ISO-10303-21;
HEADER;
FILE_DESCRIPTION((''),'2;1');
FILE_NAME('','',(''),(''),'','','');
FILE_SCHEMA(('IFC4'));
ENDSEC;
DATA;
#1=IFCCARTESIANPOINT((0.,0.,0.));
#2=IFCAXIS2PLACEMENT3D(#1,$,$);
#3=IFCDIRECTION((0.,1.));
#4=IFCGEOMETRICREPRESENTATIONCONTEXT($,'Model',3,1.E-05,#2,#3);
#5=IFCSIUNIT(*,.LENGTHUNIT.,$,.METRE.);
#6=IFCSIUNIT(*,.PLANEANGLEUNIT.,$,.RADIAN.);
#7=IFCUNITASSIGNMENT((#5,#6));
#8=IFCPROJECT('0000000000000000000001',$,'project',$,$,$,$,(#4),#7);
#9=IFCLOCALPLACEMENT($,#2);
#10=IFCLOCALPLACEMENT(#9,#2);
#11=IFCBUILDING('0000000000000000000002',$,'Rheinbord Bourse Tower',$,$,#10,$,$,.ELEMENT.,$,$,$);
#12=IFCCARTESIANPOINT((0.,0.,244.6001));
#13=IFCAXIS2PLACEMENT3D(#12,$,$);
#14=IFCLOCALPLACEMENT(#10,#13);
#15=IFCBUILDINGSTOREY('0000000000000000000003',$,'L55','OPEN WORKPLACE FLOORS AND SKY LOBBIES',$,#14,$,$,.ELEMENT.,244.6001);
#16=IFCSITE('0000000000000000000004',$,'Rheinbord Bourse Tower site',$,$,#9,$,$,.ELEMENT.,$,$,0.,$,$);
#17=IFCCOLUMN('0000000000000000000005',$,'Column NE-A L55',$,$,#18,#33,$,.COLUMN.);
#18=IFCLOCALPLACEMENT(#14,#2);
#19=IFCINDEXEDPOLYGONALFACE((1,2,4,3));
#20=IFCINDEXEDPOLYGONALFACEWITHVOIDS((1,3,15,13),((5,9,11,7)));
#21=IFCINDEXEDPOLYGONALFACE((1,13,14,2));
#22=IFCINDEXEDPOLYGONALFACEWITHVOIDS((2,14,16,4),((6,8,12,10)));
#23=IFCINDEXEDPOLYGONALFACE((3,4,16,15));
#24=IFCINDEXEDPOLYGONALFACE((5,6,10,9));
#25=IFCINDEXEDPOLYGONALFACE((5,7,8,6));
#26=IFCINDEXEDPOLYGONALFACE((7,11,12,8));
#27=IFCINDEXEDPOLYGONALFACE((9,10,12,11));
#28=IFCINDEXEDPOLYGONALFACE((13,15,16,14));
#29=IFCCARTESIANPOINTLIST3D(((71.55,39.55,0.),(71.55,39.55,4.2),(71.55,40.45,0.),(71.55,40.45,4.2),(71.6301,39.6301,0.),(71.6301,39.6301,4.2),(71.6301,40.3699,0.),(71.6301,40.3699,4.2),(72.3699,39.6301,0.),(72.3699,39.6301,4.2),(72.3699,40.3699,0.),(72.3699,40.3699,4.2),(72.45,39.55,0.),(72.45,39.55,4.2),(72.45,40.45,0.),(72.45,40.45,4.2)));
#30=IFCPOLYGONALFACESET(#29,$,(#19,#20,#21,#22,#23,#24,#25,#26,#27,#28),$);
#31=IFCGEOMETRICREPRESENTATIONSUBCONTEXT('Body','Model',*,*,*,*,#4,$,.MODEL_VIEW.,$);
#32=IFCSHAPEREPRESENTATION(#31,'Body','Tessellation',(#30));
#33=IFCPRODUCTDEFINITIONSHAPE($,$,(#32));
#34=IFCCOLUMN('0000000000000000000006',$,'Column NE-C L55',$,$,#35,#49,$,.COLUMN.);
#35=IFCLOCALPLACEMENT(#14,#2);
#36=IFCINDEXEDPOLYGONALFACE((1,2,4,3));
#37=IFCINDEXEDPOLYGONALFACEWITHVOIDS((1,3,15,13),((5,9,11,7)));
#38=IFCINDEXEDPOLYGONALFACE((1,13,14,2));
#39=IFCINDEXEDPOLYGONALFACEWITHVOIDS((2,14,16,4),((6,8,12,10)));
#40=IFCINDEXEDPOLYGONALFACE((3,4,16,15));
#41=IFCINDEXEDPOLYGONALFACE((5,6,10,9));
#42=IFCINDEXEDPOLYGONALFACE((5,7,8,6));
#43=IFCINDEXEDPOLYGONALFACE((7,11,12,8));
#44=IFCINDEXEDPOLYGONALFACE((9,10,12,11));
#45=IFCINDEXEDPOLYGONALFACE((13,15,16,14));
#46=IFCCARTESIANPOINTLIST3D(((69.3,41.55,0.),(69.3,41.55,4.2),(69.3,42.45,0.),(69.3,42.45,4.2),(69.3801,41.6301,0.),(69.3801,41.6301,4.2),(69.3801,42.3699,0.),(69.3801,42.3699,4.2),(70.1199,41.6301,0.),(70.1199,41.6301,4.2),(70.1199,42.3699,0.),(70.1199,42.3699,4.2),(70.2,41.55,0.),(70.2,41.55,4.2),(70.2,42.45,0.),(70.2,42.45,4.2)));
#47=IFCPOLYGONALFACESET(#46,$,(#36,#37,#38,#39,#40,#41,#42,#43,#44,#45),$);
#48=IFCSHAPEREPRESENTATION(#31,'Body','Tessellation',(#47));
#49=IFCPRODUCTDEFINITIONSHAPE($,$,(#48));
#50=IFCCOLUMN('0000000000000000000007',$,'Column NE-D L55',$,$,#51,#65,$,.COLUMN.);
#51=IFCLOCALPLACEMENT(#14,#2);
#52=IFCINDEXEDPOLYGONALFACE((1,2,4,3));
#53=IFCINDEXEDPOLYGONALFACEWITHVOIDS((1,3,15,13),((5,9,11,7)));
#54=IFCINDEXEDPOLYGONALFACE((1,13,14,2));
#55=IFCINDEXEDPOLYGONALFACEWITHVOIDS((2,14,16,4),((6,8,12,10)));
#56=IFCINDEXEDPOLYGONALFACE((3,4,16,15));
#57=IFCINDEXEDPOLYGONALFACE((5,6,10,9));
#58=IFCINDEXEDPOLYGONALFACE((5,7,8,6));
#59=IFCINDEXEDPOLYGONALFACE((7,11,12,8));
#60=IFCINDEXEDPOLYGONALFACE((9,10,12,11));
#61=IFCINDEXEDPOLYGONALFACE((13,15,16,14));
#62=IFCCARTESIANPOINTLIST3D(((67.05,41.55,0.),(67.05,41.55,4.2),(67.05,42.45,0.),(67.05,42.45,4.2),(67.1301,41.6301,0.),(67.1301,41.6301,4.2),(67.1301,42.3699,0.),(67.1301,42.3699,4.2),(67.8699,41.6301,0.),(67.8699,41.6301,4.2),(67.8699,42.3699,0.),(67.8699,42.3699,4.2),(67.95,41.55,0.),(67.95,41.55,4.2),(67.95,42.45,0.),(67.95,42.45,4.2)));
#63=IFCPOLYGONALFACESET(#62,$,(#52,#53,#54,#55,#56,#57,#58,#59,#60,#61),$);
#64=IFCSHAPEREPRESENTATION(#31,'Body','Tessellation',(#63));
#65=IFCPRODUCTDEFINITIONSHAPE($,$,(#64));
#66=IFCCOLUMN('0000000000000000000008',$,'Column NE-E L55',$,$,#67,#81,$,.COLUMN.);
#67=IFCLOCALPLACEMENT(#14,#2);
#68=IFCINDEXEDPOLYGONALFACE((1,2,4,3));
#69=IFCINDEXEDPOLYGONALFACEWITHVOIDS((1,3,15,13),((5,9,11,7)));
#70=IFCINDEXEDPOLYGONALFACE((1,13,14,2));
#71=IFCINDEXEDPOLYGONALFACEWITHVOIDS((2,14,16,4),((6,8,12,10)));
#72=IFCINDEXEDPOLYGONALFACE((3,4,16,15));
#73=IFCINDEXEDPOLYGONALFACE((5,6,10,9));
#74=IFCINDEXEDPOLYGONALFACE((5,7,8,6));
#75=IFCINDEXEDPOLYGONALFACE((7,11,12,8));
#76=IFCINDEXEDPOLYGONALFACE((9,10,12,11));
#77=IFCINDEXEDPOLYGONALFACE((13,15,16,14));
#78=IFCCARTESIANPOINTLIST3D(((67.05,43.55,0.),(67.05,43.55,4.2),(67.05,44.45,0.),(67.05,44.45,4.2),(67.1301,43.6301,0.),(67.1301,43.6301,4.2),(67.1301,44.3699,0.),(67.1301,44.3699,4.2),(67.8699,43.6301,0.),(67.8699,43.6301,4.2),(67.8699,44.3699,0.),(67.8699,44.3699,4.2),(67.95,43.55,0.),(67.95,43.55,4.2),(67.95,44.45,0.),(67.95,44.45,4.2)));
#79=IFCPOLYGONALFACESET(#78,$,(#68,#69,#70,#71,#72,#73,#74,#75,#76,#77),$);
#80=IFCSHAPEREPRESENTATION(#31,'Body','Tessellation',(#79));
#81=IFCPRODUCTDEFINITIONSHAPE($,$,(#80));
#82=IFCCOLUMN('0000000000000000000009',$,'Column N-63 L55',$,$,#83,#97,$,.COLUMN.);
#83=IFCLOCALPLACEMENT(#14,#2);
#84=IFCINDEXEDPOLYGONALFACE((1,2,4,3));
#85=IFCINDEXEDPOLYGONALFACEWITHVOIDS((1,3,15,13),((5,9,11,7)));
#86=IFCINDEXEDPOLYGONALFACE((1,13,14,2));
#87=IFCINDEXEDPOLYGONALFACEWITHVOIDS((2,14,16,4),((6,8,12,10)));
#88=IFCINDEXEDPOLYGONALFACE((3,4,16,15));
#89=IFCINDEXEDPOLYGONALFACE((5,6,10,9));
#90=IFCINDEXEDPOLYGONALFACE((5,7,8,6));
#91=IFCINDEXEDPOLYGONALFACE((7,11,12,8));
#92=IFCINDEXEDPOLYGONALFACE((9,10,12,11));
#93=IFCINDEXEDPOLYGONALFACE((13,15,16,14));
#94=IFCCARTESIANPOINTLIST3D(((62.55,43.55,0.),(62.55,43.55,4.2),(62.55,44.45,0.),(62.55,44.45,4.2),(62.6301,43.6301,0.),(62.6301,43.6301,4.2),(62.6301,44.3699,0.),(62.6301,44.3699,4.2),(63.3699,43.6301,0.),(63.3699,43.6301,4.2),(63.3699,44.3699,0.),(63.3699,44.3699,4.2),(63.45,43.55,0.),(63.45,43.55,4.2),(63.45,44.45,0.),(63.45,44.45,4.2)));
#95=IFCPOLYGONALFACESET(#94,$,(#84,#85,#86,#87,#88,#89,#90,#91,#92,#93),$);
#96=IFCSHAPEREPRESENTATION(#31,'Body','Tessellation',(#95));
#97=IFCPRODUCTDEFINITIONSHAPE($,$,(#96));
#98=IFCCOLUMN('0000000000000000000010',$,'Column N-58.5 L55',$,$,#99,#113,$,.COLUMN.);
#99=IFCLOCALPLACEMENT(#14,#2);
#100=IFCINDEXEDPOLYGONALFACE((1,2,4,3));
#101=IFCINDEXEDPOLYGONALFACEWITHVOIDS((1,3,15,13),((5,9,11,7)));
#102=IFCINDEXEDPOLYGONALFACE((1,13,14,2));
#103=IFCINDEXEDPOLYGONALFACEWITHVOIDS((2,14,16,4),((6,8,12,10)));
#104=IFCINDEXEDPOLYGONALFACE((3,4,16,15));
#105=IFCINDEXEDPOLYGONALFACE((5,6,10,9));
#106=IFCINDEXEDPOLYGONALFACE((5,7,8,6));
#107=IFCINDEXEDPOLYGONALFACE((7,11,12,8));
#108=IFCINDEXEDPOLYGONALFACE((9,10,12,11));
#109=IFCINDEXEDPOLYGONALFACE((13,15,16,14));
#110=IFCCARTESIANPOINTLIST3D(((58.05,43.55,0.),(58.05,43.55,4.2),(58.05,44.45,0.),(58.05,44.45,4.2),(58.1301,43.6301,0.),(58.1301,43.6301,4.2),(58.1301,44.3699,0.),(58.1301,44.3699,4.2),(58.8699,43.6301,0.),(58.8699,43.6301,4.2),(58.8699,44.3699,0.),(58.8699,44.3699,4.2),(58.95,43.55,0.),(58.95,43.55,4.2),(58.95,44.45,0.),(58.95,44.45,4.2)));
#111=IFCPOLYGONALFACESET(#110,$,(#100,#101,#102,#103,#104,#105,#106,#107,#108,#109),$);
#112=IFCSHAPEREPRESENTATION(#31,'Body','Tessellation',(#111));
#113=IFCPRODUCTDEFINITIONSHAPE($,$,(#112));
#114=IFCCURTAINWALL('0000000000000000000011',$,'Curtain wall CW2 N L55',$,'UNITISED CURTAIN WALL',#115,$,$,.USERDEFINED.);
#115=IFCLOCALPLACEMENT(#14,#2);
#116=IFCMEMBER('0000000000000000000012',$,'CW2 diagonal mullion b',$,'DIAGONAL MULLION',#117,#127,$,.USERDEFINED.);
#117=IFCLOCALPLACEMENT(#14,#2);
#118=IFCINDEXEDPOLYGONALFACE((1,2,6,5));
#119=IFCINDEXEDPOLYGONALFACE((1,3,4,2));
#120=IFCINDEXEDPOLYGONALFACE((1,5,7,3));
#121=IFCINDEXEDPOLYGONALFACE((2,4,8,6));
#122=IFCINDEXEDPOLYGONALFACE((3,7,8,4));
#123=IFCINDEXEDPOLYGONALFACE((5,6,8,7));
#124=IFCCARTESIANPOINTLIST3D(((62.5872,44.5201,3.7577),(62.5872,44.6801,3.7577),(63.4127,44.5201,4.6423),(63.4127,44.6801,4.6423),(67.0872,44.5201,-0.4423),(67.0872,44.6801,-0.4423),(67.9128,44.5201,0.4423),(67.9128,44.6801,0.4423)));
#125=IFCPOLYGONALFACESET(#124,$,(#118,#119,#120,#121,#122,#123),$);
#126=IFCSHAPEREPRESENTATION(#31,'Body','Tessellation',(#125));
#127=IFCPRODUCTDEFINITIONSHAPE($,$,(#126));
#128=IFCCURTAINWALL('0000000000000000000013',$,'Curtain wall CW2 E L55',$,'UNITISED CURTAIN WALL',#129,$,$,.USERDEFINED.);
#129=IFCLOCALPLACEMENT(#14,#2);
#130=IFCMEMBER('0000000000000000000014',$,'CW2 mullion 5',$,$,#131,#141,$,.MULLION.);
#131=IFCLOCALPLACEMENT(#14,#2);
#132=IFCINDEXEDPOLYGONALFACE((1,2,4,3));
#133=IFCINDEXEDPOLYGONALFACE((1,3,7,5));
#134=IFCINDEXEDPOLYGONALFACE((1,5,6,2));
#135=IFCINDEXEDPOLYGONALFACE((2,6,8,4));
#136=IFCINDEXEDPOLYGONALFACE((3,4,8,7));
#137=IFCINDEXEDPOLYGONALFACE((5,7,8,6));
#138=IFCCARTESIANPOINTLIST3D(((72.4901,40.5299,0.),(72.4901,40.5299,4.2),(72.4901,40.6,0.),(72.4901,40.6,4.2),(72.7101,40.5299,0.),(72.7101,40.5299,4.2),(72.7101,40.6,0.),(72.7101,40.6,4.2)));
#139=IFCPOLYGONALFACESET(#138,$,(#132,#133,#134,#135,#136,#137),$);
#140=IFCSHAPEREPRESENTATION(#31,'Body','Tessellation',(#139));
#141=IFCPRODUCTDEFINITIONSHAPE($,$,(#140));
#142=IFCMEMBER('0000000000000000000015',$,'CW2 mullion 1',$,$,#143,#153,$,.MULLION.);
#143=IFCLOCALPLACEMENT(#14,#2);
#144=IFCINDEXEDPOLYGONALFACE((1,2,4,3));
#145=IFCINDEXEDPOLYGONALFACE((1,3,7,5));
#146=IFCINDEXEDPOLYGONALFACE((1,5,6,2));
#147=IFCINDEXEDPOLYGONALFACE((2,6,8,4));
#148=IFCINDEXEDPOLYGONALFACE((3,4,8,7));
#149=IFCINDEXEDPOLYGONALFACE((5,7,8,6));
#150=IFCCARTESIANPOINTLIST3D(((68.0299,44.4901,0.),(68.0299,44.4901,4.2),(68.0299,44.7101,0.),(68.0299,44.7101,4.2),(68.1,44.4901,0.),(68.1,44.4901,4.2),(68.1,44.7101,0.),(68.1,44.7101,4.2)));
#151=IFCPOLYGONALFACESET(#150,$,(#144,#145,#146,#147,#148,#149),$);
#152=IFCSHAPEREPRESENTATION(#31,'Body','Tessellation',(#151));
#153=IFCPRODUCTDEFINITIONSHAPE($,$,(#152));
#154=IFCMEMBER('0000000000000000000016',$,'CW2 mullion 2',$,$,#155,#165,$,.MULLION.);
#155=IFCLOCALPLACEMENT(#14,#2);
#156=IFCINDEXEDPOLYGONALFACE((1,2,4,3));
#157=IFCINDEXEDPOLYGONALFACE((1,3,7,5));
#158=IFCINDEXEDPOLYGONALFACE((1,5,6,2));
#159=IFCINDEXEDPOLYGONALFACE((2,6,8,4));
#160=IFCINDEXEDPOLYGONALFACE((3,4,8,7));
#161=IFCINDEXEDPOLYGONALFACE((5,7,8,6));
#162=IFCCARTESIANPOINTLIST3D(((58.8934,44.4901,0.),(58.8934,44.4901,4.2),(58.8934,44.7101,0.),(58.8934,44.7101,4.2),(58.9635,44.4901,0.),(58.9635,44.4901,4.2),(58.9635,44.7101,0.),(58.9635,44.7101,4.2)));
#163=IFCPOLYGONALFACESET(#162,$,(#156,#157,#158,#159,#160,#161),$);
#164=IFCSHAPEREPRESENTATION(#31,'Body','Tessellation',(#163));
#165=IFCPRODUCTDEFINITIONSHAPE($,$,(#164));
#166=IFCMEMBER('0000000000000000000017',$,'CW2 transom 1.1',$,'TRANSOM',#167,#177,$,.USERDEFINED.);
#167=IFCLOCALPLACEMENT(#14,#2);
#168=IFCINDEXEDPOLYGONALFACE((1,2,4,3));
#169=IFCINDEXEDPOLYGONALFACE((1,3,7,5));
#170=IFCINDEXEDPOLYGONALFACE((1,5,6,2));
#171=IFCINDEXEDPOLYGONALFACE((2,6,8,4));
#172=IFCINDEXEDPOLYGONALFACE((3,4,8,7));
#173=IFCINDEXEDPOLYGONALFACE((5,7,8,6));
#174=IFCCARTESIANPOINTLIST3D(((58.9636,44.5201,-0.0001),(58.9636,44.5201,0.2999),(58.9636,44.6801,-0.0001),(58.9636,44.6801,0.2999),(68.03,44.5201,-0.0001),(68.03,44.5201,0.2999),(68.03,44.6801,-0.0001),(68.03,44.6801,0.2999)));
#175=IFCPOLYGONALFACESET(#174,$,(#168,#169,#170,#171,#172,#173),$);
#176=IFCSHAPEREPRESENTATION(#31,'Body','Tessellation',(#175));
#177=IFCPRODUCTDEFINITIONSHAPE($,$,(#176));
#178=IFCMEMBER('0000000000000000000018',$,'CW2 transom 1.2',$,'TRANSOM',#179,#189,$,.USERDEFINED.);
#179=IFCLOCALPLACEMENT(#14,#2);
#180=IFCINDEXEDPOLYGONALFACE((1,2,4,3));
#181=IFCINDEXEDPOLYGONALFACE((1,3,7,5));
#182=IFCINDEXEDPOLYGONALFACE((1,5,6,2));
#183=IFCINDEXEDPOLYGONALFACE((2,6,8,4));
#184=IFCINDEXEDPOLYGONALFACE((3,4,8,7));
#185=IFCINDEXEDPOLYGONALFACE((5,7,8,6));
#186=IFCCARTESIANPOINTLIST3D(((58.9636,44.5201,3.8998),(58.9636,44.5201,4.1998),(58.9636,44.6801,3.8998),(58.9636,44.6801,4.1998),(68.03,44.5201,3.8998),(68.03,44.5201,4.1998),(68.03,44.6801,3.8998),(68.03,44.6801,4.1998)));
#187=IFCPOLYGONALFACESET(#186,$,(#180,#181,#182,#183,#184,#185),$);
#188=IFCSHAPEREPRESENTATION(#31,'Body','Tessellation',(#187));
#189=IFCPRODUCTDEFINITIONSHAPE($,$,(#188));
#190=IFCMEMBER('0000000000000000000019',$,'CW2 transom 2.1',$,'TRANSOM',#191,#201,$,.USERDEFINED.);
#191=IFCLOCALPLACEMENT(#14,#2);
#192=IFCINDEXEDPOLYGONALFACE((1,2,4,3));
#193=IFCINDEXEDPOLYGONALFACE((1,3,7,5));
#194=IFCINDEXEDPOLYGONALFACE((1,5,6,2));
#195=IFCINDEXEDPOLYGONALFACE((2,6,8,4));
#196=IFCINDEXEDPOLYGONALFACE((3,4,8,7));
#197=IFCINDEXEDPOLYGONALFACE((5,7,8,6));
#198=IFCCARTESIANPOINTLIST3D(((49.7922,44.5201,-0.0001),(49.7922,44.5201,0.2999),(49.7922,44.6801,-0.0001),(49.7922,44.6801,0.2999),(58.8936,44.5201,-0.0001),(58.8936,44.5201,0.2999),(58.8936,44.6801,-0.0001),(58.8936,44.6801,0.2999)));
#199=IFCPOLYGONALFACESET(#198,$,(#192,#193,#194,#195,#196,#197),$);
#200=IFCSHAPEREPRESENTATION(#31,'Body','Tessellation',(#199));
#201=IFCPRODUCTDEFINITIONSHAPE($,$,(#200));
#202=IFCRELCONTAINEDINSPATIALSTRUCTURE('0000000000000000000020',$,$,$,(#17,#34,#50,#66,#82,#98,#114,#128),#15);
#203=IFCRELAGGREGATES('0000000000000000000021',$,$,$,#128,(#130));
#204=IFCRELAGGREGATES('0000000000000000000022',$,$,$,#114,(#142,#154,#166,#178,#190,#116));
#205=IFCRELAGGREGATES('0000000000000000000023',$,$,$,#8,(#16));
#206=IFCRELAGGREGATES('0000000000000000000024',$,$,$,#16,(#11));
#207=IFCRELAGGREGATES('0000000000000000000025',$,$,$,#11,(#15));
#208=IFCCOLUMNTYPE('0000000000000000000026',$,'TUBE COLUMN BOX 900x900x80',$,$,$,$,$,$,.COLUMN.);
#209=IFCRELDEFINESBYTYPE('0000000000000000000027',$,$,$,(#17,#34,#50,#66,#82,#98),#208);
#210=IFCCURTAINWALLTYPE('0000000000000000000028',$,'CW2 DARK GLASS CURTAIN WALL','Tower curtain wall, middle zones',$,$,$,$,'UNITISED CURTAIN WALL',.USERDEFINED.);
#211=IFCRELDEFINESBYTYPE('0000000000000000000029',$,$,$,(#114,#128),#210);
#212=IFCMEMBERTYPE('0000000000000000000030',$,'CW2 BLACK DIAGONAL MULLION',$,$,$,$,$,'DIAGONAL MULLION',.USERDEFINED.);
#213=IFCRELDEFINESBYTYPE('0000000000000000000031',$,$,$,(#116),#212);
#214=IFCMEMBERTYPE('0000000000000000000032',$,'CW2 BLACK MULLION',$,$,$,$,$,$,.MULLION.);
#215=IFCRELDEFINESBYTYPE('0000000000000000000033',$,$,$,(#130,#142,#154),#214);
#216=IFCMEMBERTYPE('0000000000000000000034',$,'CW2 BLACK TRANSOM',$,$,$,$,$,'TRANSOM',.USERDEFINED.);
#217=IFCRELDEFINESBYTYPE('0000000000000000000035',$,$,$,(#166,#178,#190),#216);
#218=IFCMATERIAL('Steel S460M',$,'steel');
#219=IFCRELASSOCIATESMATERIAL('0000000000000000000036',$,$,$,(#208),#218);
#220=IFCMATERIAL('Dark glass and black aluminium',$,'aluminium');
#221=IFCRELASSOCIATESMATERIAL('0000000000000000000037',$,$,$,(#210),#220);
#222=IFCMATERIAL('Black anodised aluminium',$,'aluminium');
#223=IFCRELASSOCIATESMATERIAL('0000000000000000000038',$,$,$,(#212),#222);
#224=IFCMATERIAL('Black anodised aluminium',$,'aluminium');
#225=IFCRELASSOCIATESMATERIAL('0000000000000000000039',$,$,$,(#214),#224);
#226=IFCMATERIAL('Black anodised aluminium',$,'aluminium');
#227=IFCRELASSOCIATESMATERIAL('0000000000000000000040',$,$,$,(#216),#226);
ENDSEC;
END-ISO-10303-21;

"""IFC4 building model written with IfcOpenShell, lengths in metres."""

from ifc_helpers import new_model, si_unit, direction, frame, origin, origin_2d, place, context, subcontext, project, spatial, rectangle, hollow_rectangle, extrude, material, material_profile, profile_set, type_object, element, aggregate, save


model = new_model("IFC4")

# Units and contexts
model_context = context("Model", 3, precision=1e-05, world=origin(), true_north=direction((0.0, 1.0)))
body_context = subcontext(model_context, "Body", "Model", "MODEL_VIEW")
ifc_project = project(units=[si_unit("LENGTHUNIT", "METRE"), si_unit("PLANEANGLEUNIT", "RADIAN")], contexts=[model_context])

# Site, building, storey
site_placement = place(None, origin())
site = spatial("IfcSite", under=ifc_project, at=site_placement, Name="Rheinbord Bourse Tower site", CompositionType="ELEMENT", RefElevation=0.0)
building_placement = place(site_placement, origin())
building = spatial("IfcBuilding", under=site, at=building_placement, Name="Rheinbord Bourse Tower", CompositionType="ELEMENT")
storey_placement = place(building_placement, frame((0.0, 0.0, 244.6001)))
storey = spatial("IfcBuildingStorey", under=building, at=storey_placement, Name="L55", Description="OPEN WORKPLACE FLOORS AND SKY LOBBIES", CompositionType="ELEMENT", Elevation=244.6001)

# Columns
ifc_material_1 = material(Name="Steel S460M", Category="steel")
ifc_material_profile_1 = material_profile(ifc_material_1, hollow_rectangle(XDim=0.8999, YDim=0.8999, WallThickness=0.0801, at=origin_2d()), Name="BOX 900x900x80")
ifc_profile_set_1 = profile_set([ifc_material_profile_1], Name="Steel S460M")
column_type = type_object("IfcColumnType", Name="TUBE COLUMN BOX 900x900x80", PredefinedType="COLUMN", material=ifc_profile_set_1)
for number, where, z_axis, x_axis, name in (
    (1, (72.0, 40.0, 0.0), (0.0, 0.0, 1.0), (1.0, 0.0, 0.0), "Column NE-A L55"),
    (2, (69.75, 42.0, 0.0), (0.0, 0.0, 1.0), (1.0, 0.0, 0.0), "Column NE-C L55"),
    (3, (67.5, 42.0, 0.0), (0.0, 0.0, 1.0), (0.0, 1.0, 0.0), "Column NE-D L55"),
    (4, (67.5, 44.0, 0.0), (0.0, 0.0, 1.0), (0.0, 1.0, 0.0), "Column NE-E L55"),
    (5, (63.0, 44.0, 0.0), (0.0, 0.0, 1.0), (0.0, 1.0, 0.0), "Column N-63 L55"),
    (6, (58.5, 44.0, 0.0), (0.0, 0.0, 1.0), (0.0, 1.0, 0.0), "Column N-58.5 L55"),
):
    element("IfcColumn", number, at=place(storey_placement, frame(where, z_axis=z_axis, x_axis=x_axis)), inside=storey, type_object=column_type, Name=name, PredefinedType="COLUMN", context=body_context, shape_type="SweptSolid", body=[
        extrude(hollow_rectangle(XDim=0.8999, YDim=0.8999, WallThickness=0.0801, at=origin_2d()), origin(), (0.0, 0.0, 1.0), 4.2),
    ])

# Curtain walls, members
ifc_material_2 = material(Name="Dark glass and black aluminium", Category="aluminium")
curtain_wall_type = type_object("IfcCurtainWallType", Name="CW2 DARK GLASS CURTAIN WALL", Description="Tower curtain wall, middle zones", ElementType="UNITISED CURTAIN WALL", PredefinedType="USERDEFINED", material=ifc_material_2)
curtain_wall_1_placement = place(storey_placement, origin())
curtain_wall_1 = element("IfcCurtainWall", 7, at=curtain_wall_1_placement, inside=storey, type_object=curtain_wall_type, Name="Curtain wall CW2 N L55", ObjectType="UNITISED CURTAIN WALL", PredefinedType="USERDEFINED")
ifc_material_3 = material(Name="Black anodised aluminium", Category="aluminium")
ifc_material_profile_2 = material_profile(ifc_material_3, rectangle(XDim=0.1599, YDim=1.21, at=origin_2d()), Name="CW2 DIAGONAL MULLION 1210x160")
ifc_profile_set_2 = profile_set([ifc_material_profile_2], Name="Black anodised aluminium")
member_type_1 = type_object("IfcMemberType", Name="CW2 BLACK DIAGONAL MULLION", ElementType="DIAGONAL MULLION", PredefinedType="USERDEFINED", material=ifc_profile_set_2)
member_1_placement = place(storey_placement, frame((67.5, 44.6001, 0.0), z_axis=(-0.731059, 0.0, 0.682314), x_axis=(0.0, -1.0, 0.0)))
member_1 = element("IfcMember", 8, at=member_1_placement, type_object=member_type_1, Name="CW2 diagonal mullion b", ObjectType="DIAGONAL MULLION", PredefinedType="USERDEFINED", context=body_context, shape_type="SweptSolid", body=[
    extrude(rectangle(XDim=0.1599, YDim=1.21, at=origin_2d()), origin(), (0.0, 0.0, 1.0), 6.1555),
])
curtain_wall_2_placement = place(storey_placement, origin())
curtain_wall_2 = element("IfcCurtainWall", 9, at=curtain_wall_2_placement, inside=storey, type_object=curtain_wall_type, Name="Curtain wall CW2 E L55", ObjectType="UNITISED CURTAIN WALL", PredefinedType="USERDEFINED")
ifc_material_4 = material(Name="Black anodised aluminium", Category="aluminium")
ifc_material_profile_3 = material_profile(ifc_material_4, rectangle(XDim=0.22, YDim=0.0701, at=origin_2d()), Name="CW2 MULLION 70x220")
ifc_profile_set_3 = profile_set([ifc_material_profile_3], Name="Black anodised aluminium")
member_type_2 = type_object("IfcMemberType", Name="CW2 BLACK MULLION", PredefinedType="MULLION", material=ifc_profile_set_3)
member_2_placement = place(storey_placement, frame((72.6001, 40.5649, 0.0), z_axis=(0.0, 0.0, 1.0), x_axis=(-1.0, 0.0, 0.0)))
member_2 = element("IfcMember", 10, at=member_2_placement, type_object=member_type_2, Name="CW2 mullion 5", PredefinedType="MULLION", context=body_context, shape_type="SweptSolid", body=[
    extrude(rectangle(XDim=0.22, YDim=0.0701, at=origin_2d()), origin(), (0.0, 0.0, 1.0), 4.2),
])

# Members
member_3_placement = place(storey_placement, frame((68.0649, 44.6001, 0.0), z_axis=(0.0, 0.0, 1.0), x_axis=(0.0, -1.0, 0.0)))
member_3 = element("IfcMember", 11, at=member_3_placement, type_object=member_type_2, Name="CW2 mullion 1", PredefinedType="MULLION", context=body_context, shape_type="SweptSolid", body=[
    extrude(rectangle(XDim=0.22, YDim=0.0701, at=origin_2d()), origin(), (0.0, 0.0, 1.0), 4.2),
])
member_4_placement = place(storey_placement, frame((58.9285, 44.6001, 0.0), z_axis=(0.0, 0.0, 1.0), x_axis=(0.0, -1.0, 0.0)))
member_4 = element("IfcMember", 12, at=member_4_placement, type_object=member_type_2, Name="CW2 mullion 2", PredefinedType="MULLION", context=body_context, shape_type="SweptSolid", body=[
    extrude(rectangle(XDim=0.22, YDim=0.0701, at=origin_2d()), origin(), (0.0, 0.0, 1.0), 4.2),
])
ifc_material_5 = material(Name="Black anodised aluminium", Category="aluminium")
ifc_material_profile_4 = material_profile(ifc_material_5, rectangle(XDim=0.1599, YDim=0.3, at=origin_2d()), Name="CW2 TRANSOM 300x160")
ifc_profile_set_4 = profile_set([ifc_material_profile_4], Name="Black anodised aluminium")
member_type_3 = type_object("IfcMemberType", Name="CW2 BLACK TRANSOM", ElementType="TRANSOM", PredefinedType="USERDEFINED", material=ifc_profile_set_4)
member_5_placement = place(storey_placement, frame((68.03, 44.6001, 0.1499), z_axis=(-1.0, 0.0, 0.0), x_axis=(0.0, -1.0, 0.0)))
member_5 = element("IfcMember", 13, at=member_5_placement, type_object=member_type_3, Name="CW2 transom 1.1", ObjectType="TRANSOM", PredefinedType="USERDEFINED", context=body_context, shape_type="SweptSolid", body=[
    extrude(rectangle(XDim=0.1599, YDim=0.3, at=origin_2d()), origin(), (0.0, 0.0, 1.0), 9.0664),
])
member_6_placement = place(storey_placement, frame((68.03, 44.6001, 4.0498), z_axis=(-1.0, 0.0, 0.0), x_axis=(0.0, -1.0, 0.0)))
member_6 = element("IfcMember", 14, at=member_6_placement, type_object=member_type_3, Name="CW2 transom 1.2", ObjectType="TRANSOM", PredefinedType="USERDEFINED", context=body_context, shape_type="SweptSolid", body=[
    extrude(rectangle(XDim=0.1599, YDim=0.3, at=origin_2d()), origin(), (0.0, 0.0, 1.0), 9.0664),
])
member_7_placement = place(storey_placement, frame((58.8936, 44.6001, 0.1499), z_axis=(-1.0, 0.0, 0.0), x_axis=(0.0, -1.0, 0.0)))
member_7 = element("IfcMember", 15, at=member_7_placement, type_object=member_type_3, Name="CW2 transom 2.1", ObjectType="TRANSOM", PredefinedType="USERDEFINED", context=body_context, shape_type="SweptSolid", body=[
    extrude(rectangle(XDim=0.1599, YDim=0.3, at=origin_2d()), origin(), (0.0, 0.0, 1.0), 9.1013),
])

aggregate(curtain_wall_2, [member_2])
aggregate(curtain_wall_1, [member_3, member_4, member_5, member_6, member_7, member_1])

save(model, "model.ifc")
